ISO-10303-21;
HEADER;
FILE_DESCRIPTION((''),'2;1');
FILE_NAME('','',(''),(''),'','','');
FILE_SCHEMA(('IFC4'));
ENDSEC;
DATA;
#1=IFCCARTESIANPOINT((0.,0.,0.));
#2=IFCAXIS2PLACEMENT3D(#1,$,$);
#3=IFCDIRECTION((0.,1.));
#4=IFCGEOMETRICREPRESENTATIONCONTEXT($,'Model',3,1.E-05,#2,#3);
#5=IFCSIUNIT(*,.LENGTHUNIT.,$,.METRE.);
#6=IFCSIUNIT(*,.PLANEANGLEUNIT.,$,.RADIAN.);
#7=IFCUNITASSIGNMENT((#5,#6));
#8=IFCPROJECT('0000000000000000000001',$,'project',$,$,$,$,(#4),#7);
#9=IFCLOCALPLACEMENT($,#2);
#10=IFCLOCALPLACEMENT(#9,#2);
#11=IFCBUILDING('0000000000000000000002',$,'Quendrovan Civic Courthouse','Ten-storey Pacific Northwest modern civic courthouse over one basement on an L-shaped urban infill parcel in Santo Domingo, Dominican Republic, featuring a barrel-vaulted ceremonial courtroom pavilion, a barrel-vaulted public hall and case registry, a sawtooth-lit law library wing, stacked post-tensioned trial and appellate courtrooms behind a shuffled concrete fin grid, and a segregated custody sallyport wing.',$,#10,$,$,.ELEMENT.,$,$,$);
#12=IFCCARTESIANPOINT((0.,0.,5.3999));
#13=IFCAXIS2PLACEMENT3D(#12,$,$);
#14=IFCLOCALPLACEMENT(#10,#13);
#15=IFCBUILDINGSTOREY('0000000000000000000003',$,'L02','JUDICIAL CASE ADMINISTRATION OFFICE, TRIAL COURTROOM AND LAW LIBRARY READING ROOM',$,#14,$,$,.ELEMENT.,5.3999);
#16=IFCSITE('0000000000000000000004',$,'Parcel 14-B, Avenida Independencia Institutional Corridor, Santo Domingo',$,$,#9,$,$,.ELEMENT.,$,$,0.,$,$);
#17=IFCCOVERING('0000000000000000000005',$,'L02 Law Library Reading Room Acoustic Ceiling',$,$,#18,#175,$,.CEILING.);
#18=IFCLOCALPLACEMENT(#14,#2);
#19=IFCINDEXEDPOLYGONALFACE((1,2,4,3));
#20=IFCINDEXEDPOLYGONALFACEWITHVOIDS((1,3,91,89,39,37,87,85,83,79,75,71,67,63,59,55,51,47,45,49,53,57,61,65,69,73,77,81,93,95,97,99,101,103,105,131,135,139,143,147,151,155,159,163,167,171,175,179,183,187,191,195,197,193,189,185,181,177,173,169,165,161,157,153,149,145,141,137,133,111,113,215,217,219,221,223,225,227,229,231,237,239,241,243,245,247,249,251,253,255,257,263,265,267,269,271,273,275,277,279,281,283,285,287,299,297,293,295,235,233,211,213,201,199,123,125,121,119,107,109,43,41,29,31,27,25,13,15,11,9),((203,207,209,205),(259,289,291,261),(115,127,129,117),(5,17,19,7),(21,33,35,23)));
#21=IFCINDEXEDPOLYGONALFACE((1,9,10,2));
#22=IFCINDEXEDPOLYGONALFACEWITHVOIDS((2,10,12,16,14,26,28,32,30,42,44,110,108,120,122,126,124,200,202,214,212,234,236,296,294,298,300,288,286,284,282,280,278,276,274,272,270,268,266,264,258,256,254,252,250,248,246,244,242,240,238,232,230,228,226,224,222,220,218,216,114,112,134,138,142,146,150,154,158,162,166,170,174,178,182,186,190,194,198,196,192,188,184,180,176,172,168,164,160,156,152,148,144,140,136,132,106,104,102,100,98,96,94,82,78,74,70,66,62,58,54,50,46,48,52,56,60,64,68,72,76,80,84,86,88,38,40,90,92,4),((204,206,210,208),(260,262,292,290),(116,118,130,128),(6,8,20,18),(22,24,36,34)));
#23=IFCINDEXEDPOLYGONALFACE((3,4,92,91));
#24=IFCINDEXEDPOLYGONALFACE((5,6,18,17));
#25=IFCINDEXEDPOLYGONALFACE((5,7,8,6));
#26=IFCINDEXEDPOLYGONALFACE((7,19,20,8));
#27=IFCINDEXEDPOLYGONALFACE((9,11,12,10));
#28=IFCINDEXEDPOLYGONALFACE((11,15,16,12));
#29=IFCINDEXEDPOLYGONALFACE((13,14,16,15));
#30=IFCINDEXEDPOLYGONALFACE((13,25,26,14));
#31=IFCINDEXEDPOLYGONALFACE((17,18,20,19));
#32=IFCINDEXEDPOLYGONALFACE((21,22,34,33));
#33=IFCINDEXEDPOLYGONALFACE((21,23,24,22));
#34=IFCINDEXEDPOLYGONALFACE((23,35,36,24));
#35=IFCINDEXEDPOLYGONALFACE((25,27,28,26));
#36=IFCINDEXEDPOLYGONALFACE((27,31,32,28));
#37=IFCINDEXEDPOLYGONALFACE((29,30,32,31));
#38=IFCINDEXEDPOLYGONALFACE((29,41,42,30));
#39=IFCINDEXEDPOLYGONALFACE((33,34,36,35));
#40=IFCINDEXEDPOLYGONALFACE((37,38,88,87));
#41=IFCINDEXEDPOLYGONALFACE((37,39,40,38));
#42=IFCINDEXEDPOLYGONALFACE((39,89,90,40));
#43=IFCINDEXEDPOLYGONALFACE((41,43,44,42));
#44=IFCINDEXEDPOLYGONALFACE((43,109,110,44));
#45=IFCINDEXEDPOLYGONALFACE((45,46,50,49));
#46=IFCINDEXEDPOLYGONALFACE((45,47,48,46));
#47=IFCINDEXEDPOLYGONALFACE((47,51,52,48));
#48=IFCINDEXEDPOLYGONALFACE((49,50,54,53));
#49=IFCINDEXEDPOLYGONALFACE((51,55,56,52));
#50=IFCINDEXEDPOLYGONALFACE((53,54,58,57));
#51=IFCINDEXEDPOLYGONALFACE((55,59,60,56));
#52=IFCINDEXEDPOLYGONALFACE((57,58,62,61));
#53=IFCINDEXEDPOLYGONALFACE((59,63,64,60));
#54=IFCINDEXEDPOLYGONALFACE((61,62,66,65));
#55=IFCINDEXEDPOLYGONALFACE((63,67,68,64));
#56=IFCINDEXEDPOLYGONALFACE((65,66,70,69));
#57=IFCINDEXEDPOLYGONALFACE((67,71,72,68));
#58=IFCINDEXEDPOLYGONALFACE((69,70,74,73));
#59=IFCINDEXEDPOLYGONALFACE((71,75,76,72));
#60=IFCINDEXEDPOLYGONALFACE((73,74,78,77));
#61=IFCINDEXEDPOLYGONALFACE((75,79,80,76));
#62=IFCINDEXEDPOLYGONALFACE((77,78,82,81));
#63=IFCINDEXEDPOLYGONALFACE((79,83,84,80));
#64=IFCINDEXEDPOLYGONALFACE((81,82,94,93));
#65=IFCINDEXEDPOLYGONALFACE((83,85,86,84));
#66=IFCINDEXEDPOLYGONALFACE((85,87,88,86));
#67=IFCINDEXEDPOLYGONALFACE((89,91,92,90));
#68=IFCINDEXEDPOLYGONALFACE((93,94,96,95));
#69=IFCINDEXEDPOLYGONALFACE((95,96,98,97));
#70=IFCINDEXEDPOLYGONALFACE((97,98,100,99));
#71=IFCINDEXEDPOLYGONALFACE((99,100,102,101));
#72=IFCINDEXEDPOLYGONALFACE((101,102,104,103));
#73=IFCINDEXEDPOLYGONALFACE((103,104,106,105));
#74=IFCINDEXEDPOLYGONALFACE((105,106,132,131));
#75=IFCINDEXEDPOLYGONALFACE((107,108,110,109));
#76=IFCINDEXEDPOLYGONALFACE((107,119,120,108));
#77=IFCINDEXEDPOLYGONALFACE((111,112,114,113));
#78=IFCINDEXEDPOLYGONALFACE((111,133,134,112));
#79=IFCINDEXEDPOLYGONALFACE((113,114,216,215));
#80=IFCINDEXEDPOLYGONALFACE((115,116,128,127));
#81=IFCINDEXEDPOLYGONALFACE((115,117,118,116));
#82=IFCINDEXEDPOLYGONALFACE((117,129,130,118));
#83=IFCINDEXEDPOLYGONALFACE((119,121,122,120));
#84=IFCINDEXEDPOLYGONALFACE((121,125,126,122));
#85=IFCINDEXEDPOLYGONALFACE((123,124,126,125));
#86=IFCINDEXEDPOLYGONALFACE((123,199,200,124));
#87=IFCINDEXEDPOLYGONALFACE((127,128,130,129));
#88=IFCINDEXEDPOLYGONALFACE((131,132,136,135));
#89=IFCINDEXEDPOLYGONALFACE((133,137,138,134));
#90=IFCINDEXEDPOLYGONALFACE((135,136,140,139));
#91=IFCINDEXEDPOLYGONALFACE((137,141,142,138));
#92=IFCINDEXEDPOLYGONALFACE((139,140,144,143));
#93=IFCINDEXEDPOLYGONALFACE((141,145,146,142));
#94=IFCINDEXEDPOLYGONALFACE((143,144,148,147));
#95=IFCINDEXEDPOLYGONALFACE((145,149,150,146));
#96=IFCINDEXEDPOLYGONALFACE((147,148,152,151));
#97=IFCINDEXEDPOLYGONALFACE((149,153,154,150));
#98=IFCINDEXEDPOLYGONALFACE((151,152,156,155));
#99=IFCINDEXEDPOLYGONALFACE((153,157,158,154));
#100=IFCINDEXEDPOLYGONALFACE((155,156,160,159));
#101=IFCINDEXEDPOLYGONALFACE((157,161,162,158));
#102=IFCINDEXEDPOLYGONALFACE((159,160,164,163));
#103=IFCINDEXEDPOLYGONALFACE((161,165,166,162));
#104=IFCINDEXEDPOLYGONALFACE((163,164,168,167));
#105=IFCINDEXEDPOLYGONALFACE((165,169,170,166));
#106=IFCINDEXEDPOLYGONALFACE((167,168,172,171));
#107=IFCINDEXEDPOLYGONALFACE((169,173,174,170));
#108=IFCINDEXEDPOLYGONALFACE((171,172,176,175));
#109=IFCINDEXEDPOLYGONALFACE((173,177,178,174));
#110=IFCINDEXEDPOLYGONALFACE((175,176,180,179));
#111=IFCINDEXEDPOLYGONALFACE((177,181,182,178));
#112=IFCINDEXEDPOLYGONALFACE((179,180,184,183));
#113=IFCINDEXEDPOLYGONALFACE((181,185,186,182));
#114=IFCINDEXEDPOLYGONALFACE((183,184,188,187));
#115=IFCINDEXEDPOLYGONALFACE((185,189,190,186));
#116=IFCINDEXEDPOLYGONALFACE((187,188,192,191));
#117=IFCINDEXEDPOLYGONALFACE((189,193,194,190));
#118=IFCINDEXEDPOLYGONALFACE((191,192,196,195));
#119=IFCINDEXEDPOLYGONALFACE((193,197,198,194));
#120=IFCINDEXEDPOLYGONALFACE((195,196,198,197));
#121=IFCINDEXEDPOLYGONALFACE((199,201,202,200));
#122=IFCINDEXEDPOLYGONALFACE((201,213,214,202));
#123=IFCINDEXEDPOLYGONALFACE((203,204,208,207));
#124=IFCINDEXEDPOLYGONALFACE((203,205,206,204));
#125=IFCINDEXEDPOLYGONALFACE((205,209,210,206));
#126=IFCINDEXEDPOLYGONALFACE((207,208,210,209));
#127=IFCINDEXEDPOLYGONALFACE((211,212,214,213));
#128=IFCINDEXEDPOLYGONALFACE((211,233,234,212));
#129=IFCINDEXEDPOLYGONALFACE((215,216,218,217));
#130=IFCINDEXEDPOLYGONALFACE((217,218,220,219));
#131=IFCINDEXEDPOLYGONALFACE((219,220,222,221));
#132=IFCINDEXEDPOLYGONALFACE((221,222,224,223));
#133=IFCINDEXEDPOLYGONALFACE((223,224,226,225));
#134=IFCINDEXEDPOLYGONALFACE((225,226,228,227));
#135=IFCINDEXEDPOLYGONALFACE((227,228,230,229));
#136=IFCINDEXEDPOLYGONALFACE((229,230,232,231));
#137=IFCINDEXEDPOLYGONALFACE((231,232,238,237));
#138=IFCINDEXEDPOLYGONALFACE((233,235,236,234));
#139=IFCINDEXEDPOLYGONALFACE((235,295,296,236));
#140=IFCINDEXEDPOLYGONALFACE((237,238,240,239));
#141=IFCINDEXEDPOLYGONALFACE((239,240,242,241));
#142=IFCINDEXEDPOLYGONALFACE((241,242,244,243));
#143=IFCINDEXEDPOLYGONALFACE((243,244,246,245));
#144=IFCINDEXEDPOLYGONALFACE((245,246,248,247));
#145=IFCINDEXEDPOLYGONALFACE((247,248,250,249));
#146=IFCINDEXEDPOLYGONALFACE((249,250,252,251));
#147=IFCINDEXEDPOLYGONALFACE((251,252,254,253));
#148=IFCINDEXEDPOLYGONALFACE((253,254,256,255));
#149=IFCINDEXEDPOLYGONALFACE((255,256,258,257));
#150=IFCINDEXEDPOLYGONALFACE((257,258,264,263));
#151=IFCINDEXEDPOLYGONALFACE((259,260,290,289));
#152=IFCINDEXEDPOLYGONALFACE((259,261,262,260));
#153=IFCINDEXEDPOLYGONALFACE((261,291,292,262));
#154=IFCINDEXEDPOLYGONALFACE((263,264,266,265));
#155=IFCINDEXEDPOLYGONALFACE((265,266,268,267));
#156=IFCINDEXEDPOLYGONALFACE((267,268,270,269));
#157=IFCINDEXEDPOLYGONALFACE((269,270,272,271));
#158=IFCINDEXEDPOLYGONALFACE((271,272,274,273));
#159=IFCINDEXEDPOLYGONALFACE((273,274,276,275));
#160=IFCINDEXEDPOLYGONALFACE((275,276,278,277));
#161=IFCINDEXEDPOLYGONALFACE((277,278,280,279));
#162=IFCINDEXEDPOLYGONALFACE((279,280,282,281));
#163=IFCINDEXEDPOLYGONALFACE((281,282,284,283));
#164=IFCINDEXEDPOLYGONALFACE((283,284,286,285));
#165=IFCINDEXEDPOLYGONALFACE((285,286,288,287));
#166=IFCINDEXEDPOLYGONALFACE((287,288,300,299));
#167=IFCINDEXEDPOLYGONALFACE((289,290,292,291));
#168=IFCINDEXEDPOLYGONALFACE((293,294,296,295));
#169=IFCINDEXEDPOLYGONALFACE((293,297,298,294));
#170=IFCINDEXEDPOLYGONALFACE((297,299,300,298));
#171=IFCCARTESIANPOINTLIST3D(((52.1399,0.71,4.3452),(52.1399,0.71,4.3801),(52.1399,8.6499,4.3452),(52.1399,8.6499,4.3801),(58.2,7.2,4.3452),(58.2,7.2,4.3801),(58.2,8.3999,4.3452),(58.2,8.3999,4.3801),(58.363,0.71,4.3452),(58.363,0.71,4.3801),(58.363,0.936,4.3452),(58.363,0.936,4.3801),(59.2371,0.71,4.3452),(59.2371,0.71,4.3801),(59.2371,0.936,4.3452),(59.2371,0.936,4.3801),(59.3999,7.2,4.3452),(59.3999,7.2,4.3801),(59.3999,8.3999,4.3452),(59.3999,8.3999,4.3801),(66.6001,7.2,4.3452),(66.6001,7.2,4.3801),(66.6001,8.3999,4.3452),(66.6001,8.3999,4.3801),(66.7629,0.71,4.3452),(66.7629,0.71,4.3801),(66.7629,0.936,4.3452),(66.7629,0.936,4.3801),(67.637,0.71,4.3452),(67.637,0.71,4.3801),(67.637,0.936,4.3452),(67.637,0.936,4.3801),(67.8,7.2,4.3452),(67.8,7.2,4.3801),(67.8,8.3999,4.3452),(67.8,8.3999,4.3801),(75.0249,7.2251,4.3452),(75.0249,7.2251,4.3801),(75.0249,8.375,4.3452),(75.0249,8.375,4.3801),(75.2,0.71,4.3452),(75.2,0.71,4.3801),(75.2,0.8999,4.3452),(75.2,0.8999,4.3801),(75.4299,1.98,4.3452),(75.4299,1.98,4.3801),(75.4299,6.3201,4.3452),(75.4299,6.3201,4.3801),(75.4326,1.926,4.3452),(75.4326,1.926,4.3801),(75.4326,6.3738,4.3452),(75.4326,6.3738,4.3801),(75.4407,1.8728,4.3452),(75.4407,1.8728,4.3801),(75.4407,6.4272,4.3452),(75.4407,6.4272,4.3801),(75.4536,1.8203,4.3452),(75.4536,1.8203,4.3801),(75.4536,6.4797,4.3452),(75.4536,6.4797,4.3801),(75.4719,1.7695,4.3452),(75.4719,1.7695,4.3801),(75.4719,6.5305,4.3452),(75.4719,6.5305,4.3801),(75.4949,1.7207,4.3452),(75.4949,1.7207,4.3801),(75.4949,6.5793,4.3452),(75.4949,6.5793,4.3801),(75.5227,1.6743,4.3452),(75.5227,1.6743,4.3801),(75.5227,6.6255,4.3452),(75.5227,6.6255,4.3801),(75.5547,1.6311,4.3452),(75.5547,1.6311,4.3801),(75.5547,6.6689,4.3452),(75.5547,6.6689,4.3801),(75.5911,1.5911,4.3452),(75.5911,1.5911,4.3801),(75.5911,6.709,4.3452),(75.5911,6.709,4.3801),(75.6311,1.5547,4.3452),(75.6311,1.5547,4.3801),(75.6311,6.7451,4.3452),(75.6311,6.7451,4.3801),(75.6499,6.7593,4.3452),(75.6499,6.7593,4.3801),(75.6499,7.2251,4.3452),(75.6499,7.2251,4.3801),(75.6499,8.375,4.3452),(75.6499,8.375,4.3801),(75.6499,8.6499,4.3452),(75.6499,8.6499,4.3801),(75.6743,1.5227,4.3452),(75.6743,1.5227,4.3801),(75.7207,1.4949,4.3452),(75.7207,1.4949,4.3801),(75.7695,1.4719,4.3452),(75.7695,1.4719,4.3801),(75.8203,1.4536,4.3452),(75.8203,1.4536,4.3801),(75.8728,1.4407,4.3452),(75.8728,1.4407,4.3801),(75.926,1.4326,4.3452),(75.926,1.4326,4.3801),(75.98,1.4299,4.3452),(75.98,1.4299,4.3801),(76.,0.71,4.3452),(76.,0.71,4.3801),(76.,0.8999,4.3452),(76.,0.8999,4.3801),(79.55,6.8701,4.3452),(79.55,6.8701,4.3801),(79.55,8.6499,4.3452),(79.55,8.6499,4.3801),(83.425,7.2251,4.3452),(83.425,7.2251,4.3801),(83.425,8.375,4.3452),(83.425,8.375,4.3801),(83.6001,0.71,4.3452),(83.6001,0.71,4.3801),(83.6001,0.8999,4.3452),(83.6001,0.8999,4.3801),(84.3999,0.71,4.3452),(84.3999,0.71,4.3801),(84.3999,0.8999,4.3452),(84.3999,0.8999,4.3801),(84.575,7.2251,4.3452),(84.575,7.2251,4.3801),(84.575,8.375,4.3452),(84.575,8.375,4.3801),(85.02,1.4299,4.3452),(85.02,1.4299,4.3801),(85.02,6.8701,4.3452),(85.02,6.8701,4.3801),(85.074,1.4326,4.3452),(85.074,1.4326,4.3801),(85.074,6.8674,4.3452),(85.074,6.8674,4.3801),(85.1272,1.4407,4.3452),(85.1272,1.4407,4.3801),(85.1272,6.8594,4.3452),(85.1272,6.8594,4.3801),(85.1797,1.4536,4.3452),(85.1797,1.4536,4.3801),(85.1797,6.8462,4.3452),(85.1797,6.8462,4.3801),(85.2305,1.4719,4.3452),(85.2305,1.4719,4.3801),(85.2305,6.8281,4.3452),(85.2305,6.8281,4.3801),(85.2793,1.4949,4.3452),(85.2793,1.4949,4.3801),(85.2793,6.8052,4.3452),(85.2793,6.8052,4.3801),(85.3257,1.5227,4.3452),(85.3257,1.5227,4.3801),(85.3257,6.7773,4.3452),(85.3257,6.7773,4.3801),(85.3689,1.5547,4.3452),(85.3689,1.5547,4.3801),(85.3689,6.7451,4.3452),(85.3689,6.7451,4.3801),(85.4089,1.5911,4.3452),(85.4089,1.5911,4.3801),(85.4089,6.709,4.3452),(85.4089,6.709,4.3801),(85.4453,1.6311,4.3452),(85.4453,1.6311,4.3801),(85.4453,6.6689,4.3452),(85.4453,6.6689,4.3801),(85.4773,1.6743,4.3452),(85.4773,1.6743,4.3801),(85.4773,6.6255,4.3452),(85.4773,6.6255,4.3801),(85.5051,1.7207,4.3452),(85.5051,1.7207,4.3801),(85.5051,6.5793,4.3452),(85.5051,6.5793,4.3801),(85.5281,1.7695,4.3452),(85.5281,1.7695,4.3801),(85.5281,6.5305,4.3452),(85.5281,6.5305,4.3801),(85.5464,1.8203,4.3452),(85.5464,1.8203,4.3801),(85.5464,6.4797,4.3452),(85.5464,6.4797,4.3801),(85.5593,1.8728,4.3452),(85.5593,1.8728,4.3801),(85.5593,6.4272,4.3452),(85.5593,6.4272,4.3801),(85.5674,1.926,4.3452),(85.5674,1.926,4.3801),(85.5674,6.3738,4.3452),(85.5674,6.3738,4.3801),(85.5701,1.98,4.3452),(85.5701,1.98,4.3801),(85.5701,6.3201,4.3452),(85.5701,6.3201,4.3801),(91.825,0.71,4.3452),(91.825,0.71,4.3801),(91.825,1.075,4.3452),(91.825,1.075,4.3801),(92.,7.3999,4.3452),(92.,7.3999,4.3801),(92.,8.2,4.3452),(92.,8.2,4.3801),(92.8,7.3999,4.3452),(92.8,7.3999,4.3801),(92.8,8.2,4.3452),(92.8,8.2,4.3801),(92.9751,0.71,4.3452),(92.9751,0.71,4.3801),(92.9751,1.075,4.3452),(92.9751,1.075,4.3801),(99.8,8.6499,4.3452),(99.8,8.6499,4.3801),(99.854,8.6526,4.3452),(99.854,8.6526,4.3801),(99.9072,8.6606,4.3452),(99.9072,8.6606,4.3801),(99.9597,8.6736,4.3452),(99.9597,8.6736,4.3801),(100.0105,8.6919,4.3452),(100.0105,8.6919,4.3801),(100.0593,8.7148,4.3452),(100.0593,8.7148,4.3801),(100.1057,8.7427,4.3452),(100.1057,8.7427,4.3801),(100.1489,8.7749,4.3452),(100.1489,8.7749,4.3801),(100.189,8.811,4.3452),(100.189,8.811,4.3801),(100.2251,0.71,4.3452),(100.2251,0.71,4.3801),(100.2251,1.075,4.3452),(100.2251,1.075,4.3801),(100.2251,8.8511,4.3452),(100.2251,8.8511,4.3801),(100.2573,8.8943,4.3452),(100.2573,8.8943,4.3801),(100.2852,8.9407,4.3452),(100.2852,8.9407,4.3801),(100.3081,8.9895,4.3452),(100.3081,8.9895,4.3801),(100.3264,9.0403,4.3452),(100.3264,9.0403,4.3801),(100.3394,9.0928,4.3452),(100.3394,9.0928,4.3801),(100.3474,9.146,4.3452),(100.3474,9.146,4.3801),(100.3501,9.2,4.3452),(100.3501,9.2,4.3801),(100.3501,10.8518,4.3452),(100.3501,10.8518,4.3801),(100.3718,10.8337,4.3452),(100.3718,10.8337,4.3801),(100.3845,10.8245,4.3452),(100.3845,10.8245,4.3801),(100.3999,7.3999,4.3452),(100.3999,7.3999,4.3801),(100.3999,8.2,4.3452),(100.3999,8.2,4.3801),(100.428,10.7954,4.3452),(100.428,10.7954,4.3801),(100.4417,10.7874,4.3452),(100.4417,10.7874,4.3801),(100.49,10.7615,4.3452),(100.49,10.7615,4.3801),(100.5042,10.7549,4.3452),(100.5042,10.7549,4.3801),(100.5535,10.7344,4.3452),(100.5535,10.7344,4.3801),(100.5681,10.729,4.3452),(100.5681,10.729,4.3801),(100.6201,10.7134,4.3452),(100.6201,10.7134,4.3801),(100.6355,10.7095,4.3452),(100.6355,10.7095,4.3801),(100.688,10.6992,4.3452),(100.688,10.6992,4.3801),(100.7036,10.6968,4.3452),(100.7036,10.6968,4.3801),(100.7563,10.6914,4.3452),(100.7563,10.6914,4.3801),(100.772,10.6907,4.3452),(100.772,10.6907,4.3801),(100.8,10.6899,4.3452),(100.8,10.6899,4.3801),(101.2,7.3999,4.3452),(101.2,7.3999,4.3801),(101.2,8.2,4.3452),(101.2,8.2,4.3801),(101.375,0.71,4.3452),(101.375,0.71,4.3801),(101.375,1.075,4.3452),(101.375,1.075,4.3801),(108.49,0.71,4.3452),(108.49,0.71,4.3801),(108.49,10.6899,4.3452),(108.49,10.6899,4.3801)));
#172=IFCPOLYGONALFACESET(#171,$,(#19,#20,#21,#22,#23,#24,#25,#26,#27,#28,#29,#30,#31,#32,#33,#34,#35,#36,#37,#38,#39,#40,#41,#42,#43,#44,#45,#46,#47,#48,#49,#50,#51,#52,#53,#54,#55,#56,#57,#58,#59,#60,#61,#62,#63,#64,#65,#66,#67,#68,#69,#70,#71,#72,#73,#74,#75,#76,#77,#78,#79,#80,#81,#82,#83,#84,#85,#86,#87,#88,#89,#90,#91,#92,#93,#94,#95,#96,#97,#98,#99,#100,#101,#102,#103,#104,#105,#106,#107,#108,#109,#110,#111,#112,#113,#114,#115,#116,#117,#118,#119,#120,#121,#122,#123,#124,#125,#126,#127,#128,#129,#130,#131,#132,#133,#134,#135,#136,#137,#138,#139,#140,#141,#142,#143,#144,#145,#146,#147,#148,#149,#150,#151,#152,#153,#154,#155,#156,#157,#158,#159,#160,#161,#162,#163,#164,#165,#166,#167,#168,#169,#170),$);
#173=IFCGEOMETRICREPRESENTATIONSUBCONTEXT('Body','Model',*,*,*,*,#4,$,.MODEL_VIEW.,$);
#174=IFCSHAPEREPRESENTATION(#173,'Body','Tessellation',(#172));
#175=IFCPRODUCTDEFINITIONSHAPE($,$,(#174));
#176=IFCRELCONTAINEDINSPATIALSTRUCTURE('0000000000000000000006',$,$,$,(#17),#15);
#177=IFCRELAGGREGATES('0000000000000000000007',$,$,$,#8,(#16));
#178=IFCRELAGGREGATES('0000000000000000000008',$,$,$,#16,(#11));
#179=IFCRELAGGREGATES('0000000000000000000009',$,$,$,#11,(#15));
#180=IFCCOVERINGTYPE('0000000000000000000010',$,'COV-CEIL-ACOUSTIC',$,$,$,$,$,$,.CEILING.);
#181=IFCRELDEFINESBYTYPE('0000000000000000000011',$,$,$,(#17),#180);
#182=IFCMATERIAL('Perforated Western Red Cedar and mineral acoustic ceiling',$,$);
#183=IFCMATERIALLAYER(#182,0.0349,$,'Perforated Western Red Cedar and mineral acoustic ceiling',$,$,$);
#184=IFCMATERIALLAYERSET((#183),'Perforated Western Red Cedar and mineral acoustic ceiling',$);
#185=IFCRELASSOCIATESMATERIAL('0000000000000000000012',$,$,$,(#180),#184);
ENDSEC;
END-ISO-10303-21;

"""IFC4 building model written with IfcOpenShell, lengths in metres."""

from ifc_helpers import new_model, si_unit, direction, frame, origin, place, context, subcontext, project, spatial, polyline, outline, extrude, material, layer, layer_set, type_object, element, save


model = new_model("IFC4")

# Units and contexts
model_context = context("Model", 3, precision=1e-05, world=origin(), true_north=direction((0.0, 1.0)))
body_context = subcontext(model_context, "Body", "Model", "MODEL_VIEW")
ifc_project = project(units=[si_unit("LENGTHUNIT", "METRE"), si_unit("PLANEANGLEUNIT", "RADIAN")], contexts=[model_context])

# Site, building, storey
site_placement = place(None, origin())
site = spatial("IfcSite", under=ifc_project, at=site_placement, Name="Parcel 14-B, Avenida Independencia Institutional Corridor, Santo Domingo", CompositionType="ELEMENT", RefElevation=0.0)
building_placement = place(site_placement, origin())
building = spatial("IfcBuilding", under=site, at=building_placement, Name="Quendrovan Civic Courthouse", Description="Ten-storey Pacific Northwest modern civic courthouse over one basement on an L-shaped urban infill parcel in Santo Domingo, Dominican Republic, featuring a barrel-vaulted ceremonial courtroom pavilion, a barrel-vaulted public hall and case registry, a sawtooth-lit law library wing, stacked post-tensioned trial and appellate courtrooms behind a shuffled concrete fin grid, and a segregated custody sallyport wing.", CompositionType="ELEMENT")
storey_placement = place(building_placement, frame((0.0, 0.0, 5.3999)))
storey = spatial("IfcBuildingStorey", under=building, at=storey_placement, Name="L02", Description="JUDICIAL CASE ADMINISTRATION OFFICE, TRIAL COURTROOM AND LAW LIBRARY READING ROOM", CompositionType="ELEMENT", Elevation=5.3999)

# Covering
ifc_material_1 = material(Name="Perforated Western Red Cedar and mineral acoustic ceiling")
ifc_layer_1 = layer(ifc_material_1, 0.0349, Name="Perforated Western Red Cedar and mineral acoustic ceiling")
ifc_layer_set_1 = layer_set([ifc_layer_1], Name="Perforated Western Red Cedar and mineral acoustic ceiling")
covering_type_1 = type_object("IfcCoveringType", Name="COV-CEIL-ACOUSTIC", PredefinedType="CEILING", material=ifc_layer_set_1)
covering_1_placement = place(storey_placement, frame((0.0, 0.0, 4.3452)))
element("IfcCovering", 1, at=covering_1_placement, inside=storey, type_object=covering_type_1, Name="L02 Law Library Reading Room Acoustic Ceiling", PredefinedType="CEILING", context=body_context, shape_type="SweptSolid", body=[
    extrude(outline(polyline([(75.6499, 7.2251), (75.6499, 6.7593), (75.6311, 6.7451), (75.5911, 6.709), (75.5547, 6.6689), (75.5227, 6.6255), (75.4949, 6.5793), (75.4719, 6.5305), (75.4536, 6.4797), (75.4407, 6.4272), (75.4326, 6.3738), (75.4299, 6.3201), (75.4299, 1.98), (75.4326, 1.926), (75.4407, 1.8728), (75.4536, 1.8203), (75.4719, 1.7695), (75.4949, 1.7207), (75.5227, 1.6743), (75.5547, 1.6311), (75.5911, 1.5911), (75.6311, 1.5547), (75.6743, 1.5227), (75.7207, 1.4949), (75.7695, 1.4719), (75.8203, 1.4536), (75.8728, 1.4407), (75.926, 1.4326), (75.98, 1.4299), (85.02, 1.4299), (85.074, 1.4326), (85.1272, 1.4407), (85.1797, 1.4536), (85.2305, 1.4719), (85.2793, 1.4949), (85.3257, 1.5227), (85.3689, 1.5547), (85.4089, 1.5911), (85.4453, 1.6311), (85.4773, 1.6743), (85.5051, 1.7207), (85.5281, 1.7695), (85.5464, 1.8203), (85.5593, 1.8728), (85.5674, 1.926), (85.5701, 1.98), (85.5701, 6.3201), (85.5674, 6.3738), (85.5593, 6.4272), (85.5464, 6.4797), (85.5281, 6.5305), (85.5051, 6.5793), (85.4773, 6.6255), (85.4453, 6.6689), (85.4089, 6.709), (85.3689, 6.7451), (85.3257, 6.7773), (85.2793, 6.8052), (85.2305, 6.8281), (85.1797, 6.8462), (85.1272, 6.8594), (85.074, 6.8674), (85.02, 6.8701), (79.55, 6.8701), (79.55, 8.6499), (99.8, 8.6499), (99.854, 8.6526), (99.9072, 8.6606), (99.9597, 8.6736), (100.0105, 8.6919), (100.0593, 8.7148), (100.1057, 8.7427), (100.1489, 8.7749), (100.189, 8.811), (100.2251, 8.8511), (100.2573, 8.8943), (100.2852, 8.9407), (100.3081, 8.9895), (100.3264, 9.0403), (100.3394, 9.0928), (100.3474, 9.146), (100.3501, 9.2), (100.3501, 10.8518), (100.3718, 10.8337), (100.3845, 10.8245), (100.428, 10.7954), (100.4417, 10.7874), (100.49, 10.7615), (100.5042, 10.7549), (100.5535, 10.7344), (100.5681, 10.729), (100.6201, 10.7134), (100.6355, 10.7095), (100.688, 10.6992), (100.7036, 10.6968), (100.7563, 10.6914), (100.772, 10.6907), (100.8, 10.6899), (108.49, 10.6899), (108.49, 0.71), (101.375, 0.71), (101.375, 1.075), (100.2251, 1.075), (100.2251, 0.71), (92.9751, 0.71), (92.9751, 1.075), (91.825, 1.075), (91.825, 0.71), (84.3999, 0.71), (84.3999, 0.8999), (83.6001, 0.8999), (83.6001, 0.71), (76.0, 0.71), (76.0, 0.8999), (75.2, 0.8999), (75.2, 0.71), (67.637, 0.71), (67.637, 0.936), (66.7629, 0.936), (66.7629, 0.71), (59.2371, 0.71), (59.2371, 0.936), (58.363, 0.936), (58.363, 0.71), (52.1399, 0.71), (52.1399, 8.6499), (75.6499, 8.6499), (75.6499, 8.375), (75.0249, 8.375), (75.0249, 7.2251), (75.6499, 7.2251)]), holes=[polyline([(59.3999, 7.2), (59.3999, 8.3999), (58.2, 8.3999), (58.2, 7.2), (59.3999, 7.2)]), polyline([(66.6001, 8.3999), (66.6001, 7.2), (67.8, 7.2), (67.8, 8.3999), (66.6001, 8.3999)]), polyline([(84.575, 7.2251), (84.575, 8.375), (83.425, 8.375), (83.425, 7.2251), (84.575, 7.2251)]), polyline([(92.0, 7.3999), (92.8, 7.3999), (92.8, 8.2), (92.0, 8.2), (92.0, 7.3999)]), polyline([(101.2, 8.2), (100.3999, 8.2), (100.3999, 7.3999), (101.2, 7.3999), (101.2, 8.2)])]), origin(), (0.0, 0.0, 1.0), 0.0349),
])

save(model, "model.ifc")
